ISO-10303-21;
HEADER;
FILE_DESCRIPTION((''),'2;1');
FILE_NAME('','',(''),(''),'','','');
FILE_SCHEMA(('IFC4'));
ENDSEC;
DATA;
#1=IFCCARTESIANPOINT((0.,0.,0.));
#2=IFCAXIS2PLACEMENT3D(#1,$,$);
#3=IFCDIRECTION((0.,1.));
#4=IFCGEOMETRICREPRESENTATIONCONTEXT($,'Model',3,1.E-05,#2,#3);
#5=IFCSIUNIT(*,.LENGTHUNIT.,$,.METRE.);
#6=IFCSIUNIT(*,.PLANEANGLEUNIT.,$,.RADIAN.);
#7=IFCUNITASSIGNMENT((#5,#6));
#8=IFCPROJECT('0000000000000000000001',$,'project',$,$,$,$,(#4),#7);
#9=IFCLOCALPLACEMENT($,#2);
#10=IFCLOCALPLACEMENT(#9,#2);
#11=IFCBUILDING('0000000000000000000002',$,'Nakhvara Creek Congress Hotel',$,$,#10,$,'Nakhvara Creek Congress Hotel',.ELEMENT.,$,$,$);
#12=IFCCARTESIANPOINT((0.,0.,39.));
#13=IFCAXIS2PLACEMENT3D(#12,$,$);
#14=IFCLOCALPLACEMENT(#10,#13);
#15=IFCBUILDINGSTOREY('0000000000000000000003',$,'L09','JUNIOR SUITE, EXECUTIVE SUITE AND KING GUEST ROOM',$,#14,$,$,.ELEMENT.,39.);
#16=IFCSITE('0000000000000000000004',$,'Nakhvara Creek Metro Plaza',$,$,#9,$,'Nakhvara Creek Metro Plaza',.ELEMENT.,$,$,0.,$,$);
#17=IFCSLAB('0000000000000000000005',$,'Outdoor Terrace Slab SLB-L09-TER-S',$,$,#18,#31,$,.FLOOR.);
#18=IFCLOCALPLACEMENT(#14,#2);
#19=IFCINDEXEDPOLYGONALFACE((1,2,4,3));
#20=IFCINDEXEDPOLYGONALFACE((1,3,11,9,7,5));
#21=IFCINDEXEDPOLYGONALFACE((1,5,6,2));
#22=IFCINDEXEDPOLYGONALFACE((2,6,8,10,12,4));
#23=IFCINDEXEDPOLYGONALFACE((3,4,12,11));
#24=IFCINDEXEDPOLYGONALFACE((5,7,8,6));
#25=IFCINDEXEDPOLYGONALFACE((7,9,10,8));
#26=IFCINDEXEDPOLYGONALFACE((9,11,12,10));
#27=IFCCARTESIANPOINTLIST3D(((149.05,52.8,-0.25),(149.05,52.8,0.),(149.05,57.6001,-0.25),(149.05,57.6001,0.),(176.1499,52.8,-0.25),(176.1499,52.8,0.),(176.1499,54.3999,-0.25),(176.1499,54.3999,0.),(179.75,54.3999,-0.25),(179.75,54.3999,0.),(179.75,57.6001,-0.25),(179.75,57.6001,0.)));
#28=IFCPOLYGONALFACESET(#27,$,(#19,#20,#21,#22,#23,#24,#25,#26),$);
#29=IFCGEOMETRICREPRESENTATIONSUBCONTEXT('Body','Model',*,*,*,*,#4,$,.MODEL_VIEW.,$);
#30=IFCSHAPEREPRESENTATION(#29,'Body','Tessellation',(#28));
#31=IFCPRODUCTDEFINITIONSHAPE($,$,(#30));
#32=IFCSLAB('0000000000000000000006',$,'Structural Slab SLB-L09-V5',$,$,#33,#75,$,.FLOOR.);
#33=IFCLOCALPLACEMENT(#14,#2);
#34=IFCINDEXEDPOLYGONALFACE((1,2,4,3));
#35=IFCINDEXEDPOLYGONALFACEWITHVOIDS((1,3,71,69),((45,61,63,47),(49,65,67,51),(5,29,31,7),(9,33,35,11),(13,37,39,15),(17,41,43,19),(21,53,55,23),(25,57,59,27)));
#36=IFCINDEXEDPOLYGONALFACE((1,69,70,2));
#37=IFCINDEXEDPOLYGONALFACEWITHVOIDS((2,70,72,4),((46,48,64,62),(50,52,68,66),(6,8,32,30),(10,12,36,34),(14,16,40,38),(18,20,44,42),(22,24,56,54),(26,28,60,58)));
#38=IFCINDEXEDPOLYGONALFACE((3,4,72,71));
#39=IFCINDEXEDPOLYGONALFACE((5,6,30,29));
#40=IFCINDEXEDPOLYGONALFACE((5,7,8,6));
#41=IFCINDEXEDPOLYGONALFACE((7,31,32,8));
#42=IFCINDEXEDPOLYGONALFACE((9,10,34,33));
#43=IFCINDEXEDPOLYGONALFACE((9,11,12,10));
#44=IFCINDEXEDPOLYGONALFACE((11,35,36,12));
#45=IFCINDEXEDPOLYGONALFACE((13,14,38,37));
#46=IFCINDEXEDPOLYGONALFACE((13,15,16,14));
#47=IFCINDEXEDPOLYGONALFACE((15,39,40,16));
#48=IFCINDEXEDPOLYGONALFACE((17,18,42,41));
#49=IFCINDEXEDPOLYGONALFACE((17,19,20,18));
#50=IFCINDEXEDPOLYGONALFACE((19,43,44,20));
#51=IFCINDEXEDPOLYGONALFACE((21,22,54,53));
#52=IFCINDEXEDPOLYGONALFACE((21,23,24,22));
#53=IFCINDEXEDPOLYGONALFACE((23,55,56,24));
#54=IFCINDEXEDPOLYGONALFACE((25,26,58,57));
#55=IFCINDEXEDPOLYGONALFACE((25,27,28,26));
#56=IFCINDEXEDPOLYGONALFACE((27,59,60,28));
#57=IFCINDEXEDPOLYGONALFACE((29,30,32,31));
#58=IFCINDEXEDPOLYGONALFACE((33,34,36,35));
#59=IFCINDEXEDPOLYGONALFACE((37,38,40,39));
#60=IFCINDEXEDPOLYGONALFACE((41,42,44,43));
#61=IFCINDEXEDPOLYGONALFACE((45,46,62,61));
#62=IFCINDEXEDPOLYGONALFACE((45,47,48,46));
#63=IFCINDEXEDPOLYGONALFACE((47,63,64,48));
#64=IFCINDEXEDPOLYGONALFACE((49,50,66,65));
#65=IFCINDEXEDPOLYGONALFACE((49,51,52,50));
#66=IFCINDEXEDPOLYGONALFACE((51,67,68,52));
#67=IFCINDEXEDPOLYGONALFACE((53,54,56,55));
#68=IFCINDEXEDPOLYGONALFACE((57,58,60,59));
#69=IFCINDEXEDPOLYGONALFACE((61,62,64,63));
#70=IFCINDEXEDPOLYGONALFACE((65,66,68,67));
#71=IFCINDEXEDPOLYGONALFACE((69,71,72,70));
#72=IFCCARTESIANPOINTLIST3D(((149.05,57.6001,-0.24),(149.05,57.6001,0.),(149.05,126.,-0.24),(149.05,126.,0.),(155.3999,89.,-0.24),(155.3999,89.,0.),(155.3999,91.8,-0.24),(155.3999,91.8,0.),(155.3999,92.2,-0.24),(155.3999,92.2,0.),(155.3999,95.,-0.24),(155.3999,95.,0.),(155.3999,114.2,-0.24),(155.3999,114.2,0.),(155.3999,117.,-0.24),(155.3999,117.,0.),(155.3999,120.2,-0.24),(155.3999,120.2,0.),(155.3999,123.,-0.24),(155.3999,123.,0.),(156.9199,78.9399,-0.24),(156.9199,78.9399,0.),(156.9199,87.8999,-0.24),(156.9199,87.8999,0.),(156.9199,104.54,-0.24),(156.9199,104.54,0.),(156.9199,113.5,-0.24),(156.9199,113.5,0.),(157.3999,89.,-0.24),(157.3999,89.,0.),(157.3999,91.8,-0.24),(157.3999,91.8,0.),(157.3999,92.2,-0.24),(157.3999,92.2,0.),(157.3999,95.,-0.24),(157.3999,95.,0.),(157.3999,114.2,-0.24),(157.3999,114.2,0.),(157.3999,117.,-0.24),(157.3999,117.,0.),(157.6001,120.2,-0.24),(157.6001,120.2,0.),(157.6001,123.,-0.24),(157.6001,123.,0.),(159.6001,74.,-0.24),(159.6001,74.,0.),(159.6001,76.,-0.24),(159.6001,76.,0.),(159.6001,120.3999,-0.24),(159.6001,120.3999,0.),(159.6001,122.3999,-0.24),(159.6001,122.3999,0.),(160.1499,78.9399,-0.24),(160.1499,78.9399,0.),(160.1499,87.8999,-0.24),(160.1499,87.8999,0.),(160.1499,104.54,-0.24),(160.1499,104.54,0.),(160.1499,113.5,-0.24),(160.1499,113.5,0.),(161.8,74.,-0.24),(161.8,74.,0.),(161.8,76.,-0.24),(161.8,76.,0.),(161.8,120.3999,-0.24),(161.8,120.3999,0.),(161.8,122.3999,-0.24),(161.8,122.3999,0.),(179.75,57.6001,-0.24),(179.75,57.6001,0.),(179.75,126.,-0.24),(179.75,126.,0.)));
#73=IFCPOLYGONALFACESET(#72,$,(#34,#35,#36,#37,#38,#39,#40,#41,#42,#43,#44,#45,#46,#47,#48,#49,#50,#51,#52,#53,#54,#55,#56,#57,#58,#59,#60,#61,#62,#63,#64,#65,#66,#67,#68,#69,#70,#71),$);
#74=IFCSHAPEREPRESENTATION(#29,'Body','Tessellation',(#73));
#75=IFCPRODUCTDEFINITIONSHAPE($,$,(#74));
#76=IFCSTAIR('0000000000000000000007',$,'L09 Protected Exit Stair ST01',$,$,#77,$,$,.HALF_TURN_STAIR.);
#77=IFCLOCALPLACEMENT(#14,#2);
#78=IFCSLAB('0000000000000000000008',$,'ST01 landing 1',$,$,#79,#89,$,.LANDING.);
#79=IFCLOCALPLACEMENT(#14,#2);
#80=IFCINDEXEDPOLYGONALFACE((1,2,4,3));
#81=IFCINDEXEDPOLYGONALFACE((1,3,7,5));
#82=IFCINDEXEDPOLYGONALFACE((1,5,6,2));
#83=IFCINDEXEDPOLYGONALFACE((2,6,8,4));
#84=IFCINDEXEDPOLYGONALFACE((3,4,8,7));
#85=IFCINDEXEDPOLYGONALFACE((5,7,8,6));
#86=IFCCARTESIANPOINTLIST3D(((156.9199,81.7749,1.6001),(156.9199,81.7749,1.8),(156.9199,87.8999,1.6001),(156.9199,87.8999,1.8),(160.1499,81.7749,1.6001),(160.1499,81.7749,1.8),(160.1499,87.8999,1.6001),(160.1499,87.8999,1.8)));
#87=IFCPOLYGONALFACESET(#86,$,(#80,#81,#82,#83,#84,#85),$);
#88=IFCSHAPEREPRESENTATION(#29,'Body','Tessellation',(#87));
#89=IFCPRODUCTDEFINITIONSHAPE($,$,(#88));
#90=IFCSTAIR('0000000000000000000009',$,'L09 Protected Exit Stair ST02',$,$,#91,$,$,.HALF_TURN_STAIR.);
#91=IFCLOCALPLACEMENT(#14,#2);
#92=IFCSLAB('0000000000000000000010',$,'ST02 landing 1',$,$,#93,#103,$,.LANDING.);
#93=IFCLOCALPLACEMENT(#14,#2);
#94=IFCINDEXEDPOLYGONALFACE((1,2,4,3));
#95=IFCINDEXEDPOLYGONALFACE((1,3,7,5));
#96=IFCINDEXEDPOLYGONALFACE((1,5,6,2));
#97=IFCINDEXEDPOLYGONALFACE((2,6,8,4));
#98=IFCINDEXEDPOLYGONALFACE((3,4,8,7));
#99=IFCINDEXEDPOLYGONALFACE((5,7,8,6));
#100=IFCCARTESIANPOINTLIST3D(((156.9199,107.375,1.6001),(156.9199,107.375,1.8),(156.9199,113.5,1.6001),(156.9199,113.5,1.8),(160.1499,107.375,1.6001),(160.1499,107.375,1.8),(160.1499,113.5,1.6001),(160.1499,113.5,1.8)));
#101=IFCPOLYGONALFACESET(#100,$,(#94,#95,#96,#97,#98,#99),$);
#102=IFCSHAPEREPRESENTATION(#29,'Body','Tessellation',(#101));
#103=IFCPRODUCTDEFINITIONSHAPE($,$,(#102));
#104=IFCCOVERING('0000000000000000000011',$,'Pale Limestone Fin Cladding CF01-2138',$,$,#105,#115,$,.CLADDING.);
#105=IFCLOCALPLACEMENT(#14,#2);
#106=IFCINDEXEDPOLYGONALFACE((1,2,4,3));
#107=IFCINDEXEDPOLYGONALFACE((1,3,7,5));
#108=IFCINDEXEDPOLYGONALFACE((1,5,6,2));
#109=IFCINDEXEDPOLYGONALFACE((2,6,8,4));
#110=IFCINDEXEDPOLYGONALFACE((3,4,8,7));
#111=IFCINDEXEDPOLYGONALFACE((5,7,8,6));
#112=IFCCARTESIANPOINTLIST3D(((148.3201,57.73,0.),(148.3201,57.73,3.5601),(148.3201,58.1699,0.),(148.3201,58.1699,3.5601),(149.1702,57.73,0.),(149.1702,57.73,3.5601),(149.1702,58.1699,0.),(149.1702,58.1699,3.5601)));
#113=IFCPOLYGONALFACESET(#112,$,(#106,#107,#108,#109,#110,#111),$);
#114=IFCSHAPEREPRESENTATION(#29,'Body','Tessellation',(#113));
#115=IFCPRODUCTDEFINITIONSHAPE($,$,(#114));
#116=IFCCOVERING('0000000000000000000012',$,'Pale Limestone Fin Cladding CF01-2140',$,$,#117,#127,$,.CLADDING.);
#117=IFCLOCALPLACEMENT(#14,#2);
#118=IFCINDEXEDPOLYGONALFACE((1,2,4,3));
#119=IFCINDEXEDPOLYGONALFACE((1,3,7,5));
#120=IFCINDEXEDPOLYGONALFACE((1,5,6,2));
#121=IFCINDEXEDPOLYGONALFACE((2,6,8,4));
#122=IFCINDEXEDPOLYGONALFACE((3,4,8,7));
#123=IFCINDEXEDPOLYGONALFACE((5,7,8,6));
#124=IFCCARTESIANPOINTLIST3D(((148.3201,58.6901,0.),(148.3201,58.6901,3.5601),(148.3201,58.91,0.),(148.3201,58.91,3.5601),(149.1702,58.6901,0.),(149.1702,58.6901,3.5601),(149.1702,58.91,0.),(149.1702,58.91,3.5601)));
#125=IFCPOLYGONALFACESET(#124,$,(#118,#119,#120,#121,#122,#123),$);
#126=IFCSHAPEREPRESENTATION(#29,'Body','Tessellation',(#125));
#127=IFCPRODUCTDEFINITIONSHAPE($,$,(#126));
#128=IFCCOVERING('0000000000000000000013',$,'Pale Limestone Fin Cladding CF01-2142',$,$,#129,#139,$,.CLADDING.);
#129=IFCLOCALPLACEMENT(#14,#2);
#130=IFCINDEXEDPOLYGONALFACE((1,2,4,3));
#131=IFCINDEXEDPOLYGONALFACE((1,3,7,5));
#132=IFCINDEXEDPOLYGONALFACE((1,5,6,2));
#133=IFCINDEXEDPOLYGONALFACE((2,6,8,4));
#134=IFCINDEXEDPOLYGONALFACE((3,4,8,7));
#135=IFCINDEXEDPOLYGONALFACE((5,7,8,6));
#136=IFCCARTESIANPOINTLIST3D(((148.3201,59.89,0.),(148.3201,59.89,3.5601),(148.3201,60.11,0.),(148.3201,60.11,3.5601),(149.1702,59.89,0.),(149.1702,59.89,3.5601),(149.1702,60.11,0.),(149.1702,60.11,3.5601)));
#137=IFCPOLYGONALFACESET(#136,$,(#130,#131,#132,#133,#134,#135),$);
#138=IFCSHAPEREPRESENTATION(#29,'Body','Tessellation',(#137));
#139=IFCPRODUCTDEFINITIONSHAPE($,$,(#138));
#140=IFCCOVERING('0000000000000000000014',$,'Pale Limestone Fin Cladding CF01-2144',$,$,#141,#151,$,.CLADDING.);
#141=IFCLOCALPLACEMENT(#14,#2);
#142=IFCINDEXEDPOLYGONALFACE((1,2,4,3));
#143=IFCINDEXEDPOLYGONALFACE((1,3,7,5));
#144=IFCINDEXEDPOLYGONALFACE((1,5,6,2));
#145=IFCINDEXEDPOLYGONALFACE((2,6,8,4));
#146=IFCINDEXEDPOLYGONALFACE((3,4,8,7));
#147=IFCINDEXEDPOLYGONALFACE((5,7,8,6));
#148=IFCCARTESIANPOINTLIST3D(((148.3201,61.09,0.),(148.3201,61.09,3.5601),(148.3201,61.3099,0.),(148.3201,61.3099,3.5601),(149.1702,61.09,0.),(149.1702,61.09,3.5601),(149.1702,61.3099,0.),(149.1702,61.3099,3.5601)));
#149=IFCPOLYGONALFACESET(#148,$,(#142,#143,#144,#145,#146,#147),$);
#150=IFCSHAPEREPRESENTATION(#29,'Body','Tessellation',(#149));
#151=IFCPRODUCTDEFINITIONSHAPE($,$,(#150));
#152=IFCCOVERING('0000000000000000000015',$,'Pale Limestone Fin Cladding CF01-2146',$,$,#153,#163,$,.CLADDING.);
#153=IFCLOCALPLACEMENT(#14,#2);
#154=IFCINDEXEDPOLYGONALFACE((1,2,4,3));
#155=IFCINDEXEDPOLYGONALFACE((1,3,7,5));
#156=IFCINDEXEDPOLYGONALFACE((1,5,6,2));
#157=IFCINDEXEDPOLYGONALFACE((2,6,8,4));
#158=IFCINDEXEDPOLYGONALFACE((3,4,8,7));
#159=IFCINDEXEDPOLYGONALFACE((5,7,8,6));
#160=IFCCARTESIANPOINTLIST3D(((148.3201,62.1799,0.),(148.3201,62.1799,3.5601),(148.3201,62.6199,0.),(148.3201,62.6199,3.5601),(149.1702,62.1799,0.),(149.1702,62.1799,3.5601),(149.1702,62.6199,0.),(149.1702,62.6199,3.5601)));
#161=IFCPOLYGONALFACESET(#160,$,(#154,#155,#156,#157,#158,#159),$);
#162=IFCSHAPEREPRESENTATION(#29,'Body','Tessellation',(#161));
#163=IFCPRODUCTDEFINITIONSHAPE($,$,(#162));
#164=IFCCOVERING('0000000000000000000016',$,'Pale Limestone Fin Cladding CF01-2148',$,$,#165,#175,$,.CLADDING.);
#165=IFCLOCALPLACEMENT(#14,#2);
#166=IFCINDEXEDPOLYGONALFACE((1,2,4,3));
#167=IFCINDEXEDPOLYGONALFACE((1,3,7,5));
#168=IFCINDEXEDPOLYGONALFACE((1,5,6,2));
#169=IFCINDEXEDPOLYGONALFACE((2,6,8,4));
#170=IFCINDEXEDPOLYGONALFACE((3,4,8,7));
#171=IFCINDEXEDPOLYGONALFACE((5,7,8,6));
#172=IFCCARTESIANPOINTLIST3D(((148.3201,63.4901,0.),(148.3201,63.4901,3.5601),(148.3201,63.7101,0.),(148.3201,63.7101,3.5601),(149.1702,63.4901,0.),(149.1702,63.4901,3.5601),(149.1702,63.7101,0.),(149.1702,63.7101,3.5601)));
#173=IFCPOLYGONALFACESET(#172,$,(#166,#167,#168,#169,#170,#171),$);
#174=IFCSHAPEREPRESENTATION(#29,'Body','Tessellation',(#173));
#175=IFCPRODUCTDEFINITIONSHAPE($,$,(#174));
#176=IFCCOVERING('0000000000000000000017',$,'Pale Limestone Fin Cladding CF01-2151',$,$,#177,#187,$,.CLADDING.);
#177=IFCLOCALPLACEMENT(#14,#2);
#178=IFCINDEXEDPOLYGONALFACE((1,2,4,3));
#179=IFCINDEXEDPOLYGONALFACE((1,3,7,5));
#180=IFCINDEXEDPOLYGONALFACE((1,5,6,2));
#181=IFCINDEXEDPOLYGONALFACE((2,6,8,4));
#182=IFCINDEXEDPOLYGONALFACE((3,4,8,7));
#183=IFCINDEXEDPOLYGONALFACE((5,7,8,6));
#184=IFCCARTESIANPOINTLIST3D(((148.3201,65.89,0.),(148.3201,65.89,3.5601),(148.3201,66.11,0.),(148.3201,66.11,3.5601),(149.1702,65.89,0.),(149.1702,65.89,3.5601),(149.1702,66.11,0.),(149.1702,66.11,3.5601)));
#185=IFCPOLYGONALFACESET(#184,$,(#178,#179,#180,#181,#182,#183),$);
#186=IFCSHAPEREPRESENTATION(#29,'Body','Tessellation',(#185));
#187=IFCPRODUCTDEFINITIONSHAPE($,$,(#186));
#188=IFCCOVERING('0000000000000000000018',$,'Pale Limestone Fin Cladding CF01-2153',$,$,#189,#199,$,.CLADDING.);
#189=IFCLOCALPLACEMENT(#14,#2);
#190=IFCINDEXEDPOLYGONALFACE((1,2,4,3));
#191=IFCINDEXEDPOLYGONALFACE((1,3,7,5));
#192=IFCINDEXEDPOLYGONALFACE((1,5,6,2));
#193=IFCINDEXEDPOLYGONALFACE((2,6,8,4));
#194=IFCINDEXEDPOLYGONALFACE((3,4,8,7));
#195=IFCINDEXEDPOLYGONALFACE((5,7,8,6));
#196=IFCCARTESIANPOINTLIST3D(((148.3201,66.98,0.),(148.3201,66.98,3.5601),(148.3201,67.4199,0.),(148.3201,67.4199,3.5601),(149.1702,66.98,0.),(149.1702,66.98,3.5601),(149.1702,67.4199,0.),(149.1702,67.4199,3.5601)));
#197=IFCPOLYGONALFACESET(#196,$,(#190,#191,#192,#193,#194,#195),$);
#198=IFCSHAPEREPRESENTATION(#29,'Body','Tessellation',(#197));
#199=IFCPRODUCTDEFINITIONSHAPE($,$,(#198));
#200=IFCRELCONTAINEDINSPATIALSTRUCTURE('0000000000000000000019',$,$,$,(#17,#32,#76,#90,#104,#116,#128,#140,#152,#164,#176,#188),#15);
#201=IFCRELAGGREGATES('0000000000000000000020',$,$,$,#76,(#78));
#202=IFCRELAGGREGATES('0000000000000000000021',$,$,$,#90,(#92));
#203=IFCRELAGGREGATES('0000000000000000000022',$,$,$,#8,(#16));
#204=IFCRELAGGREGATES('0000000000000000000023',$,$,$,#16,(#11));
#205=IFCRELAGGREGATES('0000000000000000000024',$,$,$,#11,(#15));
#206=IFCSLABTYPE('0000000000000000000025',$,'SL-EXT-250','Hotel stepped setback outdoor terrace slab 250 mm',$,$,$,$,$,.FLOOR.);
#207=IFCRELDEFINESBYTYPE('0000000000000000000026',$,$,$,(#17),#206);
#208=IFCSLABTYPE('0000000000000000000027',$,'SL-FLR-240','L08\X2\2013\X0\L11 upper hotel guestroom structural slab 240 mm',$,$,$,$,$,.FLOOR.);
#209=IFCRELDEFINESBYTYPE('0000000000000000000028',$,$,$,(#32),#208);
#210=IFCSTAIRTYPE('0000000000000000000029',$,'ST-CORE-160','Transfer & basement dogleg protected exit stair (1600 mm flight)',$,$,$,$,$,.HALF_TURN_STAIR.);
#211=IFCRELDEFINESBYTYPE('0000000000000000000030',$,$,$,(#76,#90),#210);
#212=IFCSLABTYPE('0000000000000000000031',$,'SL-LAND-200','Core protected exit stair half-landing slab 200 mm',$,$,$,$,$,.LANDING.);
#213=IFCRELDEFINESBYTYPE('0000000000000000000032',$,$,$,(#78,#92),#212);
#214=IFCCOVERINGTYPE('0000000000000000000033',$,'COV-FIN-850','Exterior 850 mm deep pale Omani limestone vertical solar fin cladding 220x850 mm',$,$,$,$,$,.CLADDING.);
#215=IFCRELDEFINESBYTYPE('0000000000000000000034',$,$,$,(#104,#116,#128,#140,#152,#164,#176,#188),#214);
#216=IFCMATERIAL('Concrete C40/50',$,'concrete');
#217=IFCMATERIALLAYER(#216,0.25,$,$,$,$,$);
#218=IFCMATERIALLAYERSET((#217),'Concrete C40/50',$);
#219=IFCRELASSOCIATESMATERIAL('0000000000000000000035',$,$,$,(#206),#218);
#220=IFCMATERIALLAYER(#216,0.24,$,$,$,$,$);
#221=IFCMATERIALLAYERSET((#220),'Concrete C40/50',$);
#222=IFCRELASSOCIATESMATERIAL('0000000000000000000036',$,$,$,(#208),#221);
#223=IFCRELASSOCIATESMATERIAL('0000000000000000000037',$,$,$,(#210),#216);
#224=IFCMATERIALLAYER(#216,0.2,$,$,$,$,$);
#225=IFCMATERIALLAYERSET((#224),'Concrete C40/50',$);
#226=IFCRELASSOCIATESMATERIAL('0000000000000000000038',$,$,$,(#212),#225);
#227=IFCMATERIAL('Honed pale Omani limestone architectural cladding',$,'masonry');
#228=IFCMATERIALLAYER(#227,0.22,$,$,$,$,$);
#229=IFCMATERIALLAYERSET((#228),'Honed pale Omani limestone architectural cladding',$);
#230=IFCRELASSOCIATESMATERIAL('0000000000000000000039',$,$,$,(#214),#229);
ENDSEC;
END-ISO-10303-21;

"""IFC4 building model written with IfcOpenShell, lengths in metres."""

from ifc_helpers import new_model, si_unit, direction, frame, origin, origin_2d, place, context, subcontext, project, spatial, polyline, rectangle, outline, extrude, material, layer, layer_set, type_object, element, aggregate, save


model = new_model("IFC4")

# Units and contexts
model_context = context("Model", 3, precision=1e-05, world=origin(), true_north=direction((0.0, 1.0)))
body_context = subcontext(model_context, "Body", "Model", "MODEL_VIEW")
ifc_project = project(units=[si_unit("LENGTHUNIT", "METRE"), si_unit("PLANEANGLEUNIT", "RADIAN")], contexts=[model_context])

# Site, building, storey
site_placement = place(None, origin())
site = spatial("IfcSite", under=ifc_project, at=site_placement, Name="Nakhvara Creek Metro Plaza", LongName="Nakhvara Creek Metro Plaza", CompositionType="ELEMENT", RefElevation=0.0)
building_placement = place(site_placement, origin())
building = spatial("IfcBuilding", under=site, at=building_placement, Name="Nakhvara Creek Congress Hotel", LongName="Nakhvara Creek Congress Hotel", CompositionType="ELEMENT")
storey_placement = place(building_placement, frame((0.0, 0.0, 39.0)))
storey = spatial("IfcBuildingStorey", under=building, at=storey_placement, Name="L09", Description="JUNIOR SUITE, EXECUTIVE SUITE AND KING GUEST ROOM", CompositionType="ELEMENT", Elevation=39.0)

# Slabs
ifc_material_1 = material(Name="Concrete C40/50", Category="concrete")
ifc_layer_1 = layer(ifc_material_1, 0.25)
ifc_layer_set_1 = layer_set([ifc_layer_1], Name="Concrete C40/50")
slab_type_1 = type_object("IfcSlabType", Name="SL-EXT-250", Description="Hotel stepped setback outdoor terrace slab 250 mm", PredefinedType="FLOOR", material=ifc_layer_set_1)
slab_1_placement = place(storey_placement, frame((0.0, 0.0, -0.25)))
element("IfcSlab", 1, at=slab_1_placement, inside=storey, type_object=slab_type_1, Name="Outdoor Terrace Slab SLB-L09-TER-S", PredefinedType="FLOOR", context=body_context, shape_type="SweptSolid", body=[
    extrude(outline(polyline([(149.05, 52.8), (176.1499, 52.8), (176.1499, 54.3999), (179.75, 54.3999), (179.75, 57.6001), (149.05, 57.6001), (149.05, 52.8)])), origin(), (0.0, 0.0, 1.0), 0.25),
])
ifc_layer_2 = layer(ifc_material_1, 0.24)
ifc_layer_set_2 = layer_set([ifc_layer_2], Name="Concrete C40/50")
slab_type_2 = type_object("IfcSlabType", Name="SL-FLR-240", Description="L08–L11 upper hotel guestroom structural slab 240 mm", PredefinedType="FLOOR", material=ifc_layer_set_2)
slab_2_placement = place(storey_placement, frame((0.0, 0.0, -0.24)))
element("IfcSlab", 2, at=slab_2_placement, inside=storey, type_object=slab_type_2, Name="Structural Slab SLB-L09-V5", PredefinedType="FLOOR", context=body_context, shape_type="SweptSolid", body=[
    extrude(outline(polyline([(149.05, 126.0), (179.75, 126.0), (179.75, 57.6001), (149.05, 57.6001), (149.05, 126.0)]), holes=[polyline([(161.8, 74.0), (161.8, 76.0), (159.6001, 76.0), (159.6001, 74.0), (161.8, 74.0)]), polyline([(160.1499, 87.8999), (156.9199, 87.8999), (156.9199, 78.9399), (160.1499, 78.9399), (160.1499, 87.8999)]), polyline([(157.3999, 89.0), (157.3999, 91.8), (155.3999, 91.8), (155.3999, 89.0), (157.3999, 89.0)]), polyline([(157.3999, 92.2), (157.3999, 95.0), (155.3999, 95.0), (155.3999, 92.2), (157.3999, 92.2)]), polyline([(160.1499, 113.5), (156.9199, 113.5), (156.9199, 104.54), (160.1499, 104.54), (160.1499, 113.5)]), polyline([(157.3999, 114.2), (157.3999, 117.0), (155.3999, 117.0), (155.3999, 114.2), (157.3999, 114.2)]), polyline([(161.8, 120.3999), (161.8, 122.3999), (159.6001, 122.3999), (159.6001, 120.3999), (161.8, 120.3999)]), polyline([(157.6001, 120.2), (157.6001, 123.0), (155.3999, 123.0), (155.3999, 120.2), (157.6001, 120.2)])]), origin(), (0.0, 0.0, 1.0), 0.24),
])

# Stairs, slabs
stair_type = type_object("IfcStairType", Name="ST-CORE-160", Description="Transfer & basement dogleg protected exit stair (1600 mm flight)", PredefinedType="HALF_TURN_STAIR", material=ifc_material_1)
stair_1_placement = place(storey_placement, origin())
stair_1 = element("IfcStair", 3, at=stair_1_placement, inside=storey, type_object=stair_type, Name="L09 Protected Exit Stair ST01", PredefinedType="HALF_TURN_STAIR")
ifc_layer_3 = layer(ifc_material_1, 0.2)
ifc_layer_set_3 = layer_set([ifc_layer_3], Name="Concrete C40/50")
slab_type_3 = type_object("IfcSlabType", Name="SL-LAND-200", Description="Core protected exit stair half-landing slab 200 mm", PredefinedType="LANDING", material=ifc_layer_set_3)
slab_3_placement = place(storey_placement, frame((0.0, 0.0, 1.6001)))
slab_3 = element("IfcSlab", 4, at=slab_3_placement, type_object=slab_type_3, Name="ST01 landing 1", PredefinedType="LANDING", context=body_context, shape_type="SweptSolid", body=[
    extrude(outline(polyline([(160.1499, 81.7749), (160.1499, 87.8999), (156.9199, 87.8999), (156.9199, 81.7749), (160.1499, 81.7749)])), origin(), (0.0, 0.0, 1.0), 0.2),
])
aggregate(stair_1, [slab_3])
stair_2_placement = place(storey_placement, origin())
stair_2 = element("IfcStair", 5, at=stair_2_placement, inside=storey, type_object=stair_type, Name="L09 Protected Exit Stair ST02", PredefinedType="HALF_TURN_STAIR")
slab_4_placement = place(storey_placement, frame((0.0, 0.0, 1.6001)))
slab_4 = element("IfcSlab", 6, at=slab_4_placement, type_object=slab_type_3, Name="ST02 landing 1", PredefinedType="LANDING", context=body_context, shape_type="SweptSolid", body=[
    extrude(outline(polyline([(160.1499, 107.375), (160.1499, 113.5), (156.9199, 113.5), (156.9199, 107.375), (160.1499, 107.375)])), origin(), (0.0, 0.0, 1.0), 0.2),
])
aggregate(stair_2, [slab_4])

# Coverings
ifc_material_2 = material(Name="Honed pale Omani limestone architectural cladding", Category="masonry")
ifc_layer_4 = layer(ifc_material_2, 0.22)
ifc_layer_set_4 = layer_set([ifc_layer_4], Name="Honed pale Omani limestone architectural cladding")
covering_type = type_object("IfcCoveringType", Name="COV-FIN-850", Description="Exterior 850 mm deep pale Omani limestone vertical solar fin cladding 220x850 mm", PredefinedType="CLADDING", material=ifc_layer_set_4)
covering_1_placement = place(storey_placement, frame((148.7451, 57.95, 0.0), z_axis=(0.0, 0.0, 1.0), x_axis=(0.0, 1.0, 0.0)))
element("IfcCovering", 7, at=covering_1_placement, inside=storey, type_object=covering_type, Name="Pale Limestone Fin Cladding CF01-2138", PredefinedType="CLADDING", context=body_context, shape_type="SweptSolid", body=[
    extrude(rectangle(XDim=0.4399, YDim=0.8501, at=origin_2d()), origin(), (0.0, 0.0, 1.0), 3.5601),
])
for number, where, z_axis, x_axis, name in (
    (8, (148.7451, 58.8, 0.0), (0.0, 0.0, 1.0), (0.0, 1.0, 0.0), "Pale Limestone Fin Cladding CF01-2140"),
    (9, (148.7451, 60.0, 0.0), (0.0, 0.0, 1.0), (0.0, 1.0, 0.0), "Pale Limestone Fin Cladding CF01-2142"),
    (10, (148.7451, 61.2, 0.0), (0.0, 0.0, 1.0), (0.0, 1.0, 0.0), "Pale Limestone Fin Cladding CF01-2144"),
):
    element("IfcCovering", number, at=place(storey_placement, frame(where, z_axis=z_axis, x_axis=x_axis)), inside=storey, type_object=covering_type, Name=name, PredefinedType="CLADDING", context=body_context, shape_type="SweptSolid", body=[
        extrude(rectangle(XDim=0.22, YDim=0.8501, at=origin_2d()), origin(), (0.0, 0.0, 1.0), 3.5601),
    ])
covering_2_placement = place(storey_placement, frame((148.7451, 62.3999, 0.0), z_axis=(0.0, 0.0, 1.0), x_axis=(0.0, 1.0, 0.0)))
element("IfcCovering", 11, at=covering_2_placement, inside=storey, type_object=covering_type, Name="Pale Limestone Fin Cladding CF01-2146", PredefinedType="CLADDING", context=body_context, shape_type="SweptSolid", body=[
    extrude(rectangle(XDim=0.4399, YDim=0.8501, at=origin_2d()), origin(), (0.0, 0.0, 1.0), 3.5601),
])
for number, where, z_axis, x_axis, name in (
    (12, (148.7451, 63.6001, 0.0), (0.0, 0.0, 1.0), (0.0, 1.0, 0.0), "Pale Limestone Fin Cladding CF01-2148"),
    (13, (148.7451, 66.0, 0.0), (0.0, 0.0, 1.0), (0.0, 1.0, 0.0), "Pale Limestone Fin Cladding CF01-2151"),
):
    element("IfcCovering", number, at=place(storey_placement, frame(where, z_axis=z_axis, x_axis=x_axis)), inside=storey, type_object=covering_type, Name=name, PredefinedType="CLADDING", context=body_context, shape_type="SweptSolid", body=[
        extrude(rectangle(XDim=0.22, YDim=0.8501, at=origin_2d()), origin(), (0.0, 0.0, 1.0), 3.5601),
    ])
covering_3_placement = place(storey_placement, frame((148.7451, 67.2, 0.0), z_axis=(0.0, 0.0, 1.0), x_axis=(0.0, 1.0, 0.0)))
element("IfcCovering", 14, at=covering_3_placement, inside=storey, type_object=covering_type, Name="Pale Limestone Fin Cladding CF01-2153", PredefinedType="CLADDING", context=body_context, shape_type="SweptSolid", body=[
    extrude(rectangle(XDim=0.4399, YDim=0.8501, at=origin_2d()), origin(), (0.0, 0.0, 1.0), 3.5601),
])

save(model, "model.ifc")
